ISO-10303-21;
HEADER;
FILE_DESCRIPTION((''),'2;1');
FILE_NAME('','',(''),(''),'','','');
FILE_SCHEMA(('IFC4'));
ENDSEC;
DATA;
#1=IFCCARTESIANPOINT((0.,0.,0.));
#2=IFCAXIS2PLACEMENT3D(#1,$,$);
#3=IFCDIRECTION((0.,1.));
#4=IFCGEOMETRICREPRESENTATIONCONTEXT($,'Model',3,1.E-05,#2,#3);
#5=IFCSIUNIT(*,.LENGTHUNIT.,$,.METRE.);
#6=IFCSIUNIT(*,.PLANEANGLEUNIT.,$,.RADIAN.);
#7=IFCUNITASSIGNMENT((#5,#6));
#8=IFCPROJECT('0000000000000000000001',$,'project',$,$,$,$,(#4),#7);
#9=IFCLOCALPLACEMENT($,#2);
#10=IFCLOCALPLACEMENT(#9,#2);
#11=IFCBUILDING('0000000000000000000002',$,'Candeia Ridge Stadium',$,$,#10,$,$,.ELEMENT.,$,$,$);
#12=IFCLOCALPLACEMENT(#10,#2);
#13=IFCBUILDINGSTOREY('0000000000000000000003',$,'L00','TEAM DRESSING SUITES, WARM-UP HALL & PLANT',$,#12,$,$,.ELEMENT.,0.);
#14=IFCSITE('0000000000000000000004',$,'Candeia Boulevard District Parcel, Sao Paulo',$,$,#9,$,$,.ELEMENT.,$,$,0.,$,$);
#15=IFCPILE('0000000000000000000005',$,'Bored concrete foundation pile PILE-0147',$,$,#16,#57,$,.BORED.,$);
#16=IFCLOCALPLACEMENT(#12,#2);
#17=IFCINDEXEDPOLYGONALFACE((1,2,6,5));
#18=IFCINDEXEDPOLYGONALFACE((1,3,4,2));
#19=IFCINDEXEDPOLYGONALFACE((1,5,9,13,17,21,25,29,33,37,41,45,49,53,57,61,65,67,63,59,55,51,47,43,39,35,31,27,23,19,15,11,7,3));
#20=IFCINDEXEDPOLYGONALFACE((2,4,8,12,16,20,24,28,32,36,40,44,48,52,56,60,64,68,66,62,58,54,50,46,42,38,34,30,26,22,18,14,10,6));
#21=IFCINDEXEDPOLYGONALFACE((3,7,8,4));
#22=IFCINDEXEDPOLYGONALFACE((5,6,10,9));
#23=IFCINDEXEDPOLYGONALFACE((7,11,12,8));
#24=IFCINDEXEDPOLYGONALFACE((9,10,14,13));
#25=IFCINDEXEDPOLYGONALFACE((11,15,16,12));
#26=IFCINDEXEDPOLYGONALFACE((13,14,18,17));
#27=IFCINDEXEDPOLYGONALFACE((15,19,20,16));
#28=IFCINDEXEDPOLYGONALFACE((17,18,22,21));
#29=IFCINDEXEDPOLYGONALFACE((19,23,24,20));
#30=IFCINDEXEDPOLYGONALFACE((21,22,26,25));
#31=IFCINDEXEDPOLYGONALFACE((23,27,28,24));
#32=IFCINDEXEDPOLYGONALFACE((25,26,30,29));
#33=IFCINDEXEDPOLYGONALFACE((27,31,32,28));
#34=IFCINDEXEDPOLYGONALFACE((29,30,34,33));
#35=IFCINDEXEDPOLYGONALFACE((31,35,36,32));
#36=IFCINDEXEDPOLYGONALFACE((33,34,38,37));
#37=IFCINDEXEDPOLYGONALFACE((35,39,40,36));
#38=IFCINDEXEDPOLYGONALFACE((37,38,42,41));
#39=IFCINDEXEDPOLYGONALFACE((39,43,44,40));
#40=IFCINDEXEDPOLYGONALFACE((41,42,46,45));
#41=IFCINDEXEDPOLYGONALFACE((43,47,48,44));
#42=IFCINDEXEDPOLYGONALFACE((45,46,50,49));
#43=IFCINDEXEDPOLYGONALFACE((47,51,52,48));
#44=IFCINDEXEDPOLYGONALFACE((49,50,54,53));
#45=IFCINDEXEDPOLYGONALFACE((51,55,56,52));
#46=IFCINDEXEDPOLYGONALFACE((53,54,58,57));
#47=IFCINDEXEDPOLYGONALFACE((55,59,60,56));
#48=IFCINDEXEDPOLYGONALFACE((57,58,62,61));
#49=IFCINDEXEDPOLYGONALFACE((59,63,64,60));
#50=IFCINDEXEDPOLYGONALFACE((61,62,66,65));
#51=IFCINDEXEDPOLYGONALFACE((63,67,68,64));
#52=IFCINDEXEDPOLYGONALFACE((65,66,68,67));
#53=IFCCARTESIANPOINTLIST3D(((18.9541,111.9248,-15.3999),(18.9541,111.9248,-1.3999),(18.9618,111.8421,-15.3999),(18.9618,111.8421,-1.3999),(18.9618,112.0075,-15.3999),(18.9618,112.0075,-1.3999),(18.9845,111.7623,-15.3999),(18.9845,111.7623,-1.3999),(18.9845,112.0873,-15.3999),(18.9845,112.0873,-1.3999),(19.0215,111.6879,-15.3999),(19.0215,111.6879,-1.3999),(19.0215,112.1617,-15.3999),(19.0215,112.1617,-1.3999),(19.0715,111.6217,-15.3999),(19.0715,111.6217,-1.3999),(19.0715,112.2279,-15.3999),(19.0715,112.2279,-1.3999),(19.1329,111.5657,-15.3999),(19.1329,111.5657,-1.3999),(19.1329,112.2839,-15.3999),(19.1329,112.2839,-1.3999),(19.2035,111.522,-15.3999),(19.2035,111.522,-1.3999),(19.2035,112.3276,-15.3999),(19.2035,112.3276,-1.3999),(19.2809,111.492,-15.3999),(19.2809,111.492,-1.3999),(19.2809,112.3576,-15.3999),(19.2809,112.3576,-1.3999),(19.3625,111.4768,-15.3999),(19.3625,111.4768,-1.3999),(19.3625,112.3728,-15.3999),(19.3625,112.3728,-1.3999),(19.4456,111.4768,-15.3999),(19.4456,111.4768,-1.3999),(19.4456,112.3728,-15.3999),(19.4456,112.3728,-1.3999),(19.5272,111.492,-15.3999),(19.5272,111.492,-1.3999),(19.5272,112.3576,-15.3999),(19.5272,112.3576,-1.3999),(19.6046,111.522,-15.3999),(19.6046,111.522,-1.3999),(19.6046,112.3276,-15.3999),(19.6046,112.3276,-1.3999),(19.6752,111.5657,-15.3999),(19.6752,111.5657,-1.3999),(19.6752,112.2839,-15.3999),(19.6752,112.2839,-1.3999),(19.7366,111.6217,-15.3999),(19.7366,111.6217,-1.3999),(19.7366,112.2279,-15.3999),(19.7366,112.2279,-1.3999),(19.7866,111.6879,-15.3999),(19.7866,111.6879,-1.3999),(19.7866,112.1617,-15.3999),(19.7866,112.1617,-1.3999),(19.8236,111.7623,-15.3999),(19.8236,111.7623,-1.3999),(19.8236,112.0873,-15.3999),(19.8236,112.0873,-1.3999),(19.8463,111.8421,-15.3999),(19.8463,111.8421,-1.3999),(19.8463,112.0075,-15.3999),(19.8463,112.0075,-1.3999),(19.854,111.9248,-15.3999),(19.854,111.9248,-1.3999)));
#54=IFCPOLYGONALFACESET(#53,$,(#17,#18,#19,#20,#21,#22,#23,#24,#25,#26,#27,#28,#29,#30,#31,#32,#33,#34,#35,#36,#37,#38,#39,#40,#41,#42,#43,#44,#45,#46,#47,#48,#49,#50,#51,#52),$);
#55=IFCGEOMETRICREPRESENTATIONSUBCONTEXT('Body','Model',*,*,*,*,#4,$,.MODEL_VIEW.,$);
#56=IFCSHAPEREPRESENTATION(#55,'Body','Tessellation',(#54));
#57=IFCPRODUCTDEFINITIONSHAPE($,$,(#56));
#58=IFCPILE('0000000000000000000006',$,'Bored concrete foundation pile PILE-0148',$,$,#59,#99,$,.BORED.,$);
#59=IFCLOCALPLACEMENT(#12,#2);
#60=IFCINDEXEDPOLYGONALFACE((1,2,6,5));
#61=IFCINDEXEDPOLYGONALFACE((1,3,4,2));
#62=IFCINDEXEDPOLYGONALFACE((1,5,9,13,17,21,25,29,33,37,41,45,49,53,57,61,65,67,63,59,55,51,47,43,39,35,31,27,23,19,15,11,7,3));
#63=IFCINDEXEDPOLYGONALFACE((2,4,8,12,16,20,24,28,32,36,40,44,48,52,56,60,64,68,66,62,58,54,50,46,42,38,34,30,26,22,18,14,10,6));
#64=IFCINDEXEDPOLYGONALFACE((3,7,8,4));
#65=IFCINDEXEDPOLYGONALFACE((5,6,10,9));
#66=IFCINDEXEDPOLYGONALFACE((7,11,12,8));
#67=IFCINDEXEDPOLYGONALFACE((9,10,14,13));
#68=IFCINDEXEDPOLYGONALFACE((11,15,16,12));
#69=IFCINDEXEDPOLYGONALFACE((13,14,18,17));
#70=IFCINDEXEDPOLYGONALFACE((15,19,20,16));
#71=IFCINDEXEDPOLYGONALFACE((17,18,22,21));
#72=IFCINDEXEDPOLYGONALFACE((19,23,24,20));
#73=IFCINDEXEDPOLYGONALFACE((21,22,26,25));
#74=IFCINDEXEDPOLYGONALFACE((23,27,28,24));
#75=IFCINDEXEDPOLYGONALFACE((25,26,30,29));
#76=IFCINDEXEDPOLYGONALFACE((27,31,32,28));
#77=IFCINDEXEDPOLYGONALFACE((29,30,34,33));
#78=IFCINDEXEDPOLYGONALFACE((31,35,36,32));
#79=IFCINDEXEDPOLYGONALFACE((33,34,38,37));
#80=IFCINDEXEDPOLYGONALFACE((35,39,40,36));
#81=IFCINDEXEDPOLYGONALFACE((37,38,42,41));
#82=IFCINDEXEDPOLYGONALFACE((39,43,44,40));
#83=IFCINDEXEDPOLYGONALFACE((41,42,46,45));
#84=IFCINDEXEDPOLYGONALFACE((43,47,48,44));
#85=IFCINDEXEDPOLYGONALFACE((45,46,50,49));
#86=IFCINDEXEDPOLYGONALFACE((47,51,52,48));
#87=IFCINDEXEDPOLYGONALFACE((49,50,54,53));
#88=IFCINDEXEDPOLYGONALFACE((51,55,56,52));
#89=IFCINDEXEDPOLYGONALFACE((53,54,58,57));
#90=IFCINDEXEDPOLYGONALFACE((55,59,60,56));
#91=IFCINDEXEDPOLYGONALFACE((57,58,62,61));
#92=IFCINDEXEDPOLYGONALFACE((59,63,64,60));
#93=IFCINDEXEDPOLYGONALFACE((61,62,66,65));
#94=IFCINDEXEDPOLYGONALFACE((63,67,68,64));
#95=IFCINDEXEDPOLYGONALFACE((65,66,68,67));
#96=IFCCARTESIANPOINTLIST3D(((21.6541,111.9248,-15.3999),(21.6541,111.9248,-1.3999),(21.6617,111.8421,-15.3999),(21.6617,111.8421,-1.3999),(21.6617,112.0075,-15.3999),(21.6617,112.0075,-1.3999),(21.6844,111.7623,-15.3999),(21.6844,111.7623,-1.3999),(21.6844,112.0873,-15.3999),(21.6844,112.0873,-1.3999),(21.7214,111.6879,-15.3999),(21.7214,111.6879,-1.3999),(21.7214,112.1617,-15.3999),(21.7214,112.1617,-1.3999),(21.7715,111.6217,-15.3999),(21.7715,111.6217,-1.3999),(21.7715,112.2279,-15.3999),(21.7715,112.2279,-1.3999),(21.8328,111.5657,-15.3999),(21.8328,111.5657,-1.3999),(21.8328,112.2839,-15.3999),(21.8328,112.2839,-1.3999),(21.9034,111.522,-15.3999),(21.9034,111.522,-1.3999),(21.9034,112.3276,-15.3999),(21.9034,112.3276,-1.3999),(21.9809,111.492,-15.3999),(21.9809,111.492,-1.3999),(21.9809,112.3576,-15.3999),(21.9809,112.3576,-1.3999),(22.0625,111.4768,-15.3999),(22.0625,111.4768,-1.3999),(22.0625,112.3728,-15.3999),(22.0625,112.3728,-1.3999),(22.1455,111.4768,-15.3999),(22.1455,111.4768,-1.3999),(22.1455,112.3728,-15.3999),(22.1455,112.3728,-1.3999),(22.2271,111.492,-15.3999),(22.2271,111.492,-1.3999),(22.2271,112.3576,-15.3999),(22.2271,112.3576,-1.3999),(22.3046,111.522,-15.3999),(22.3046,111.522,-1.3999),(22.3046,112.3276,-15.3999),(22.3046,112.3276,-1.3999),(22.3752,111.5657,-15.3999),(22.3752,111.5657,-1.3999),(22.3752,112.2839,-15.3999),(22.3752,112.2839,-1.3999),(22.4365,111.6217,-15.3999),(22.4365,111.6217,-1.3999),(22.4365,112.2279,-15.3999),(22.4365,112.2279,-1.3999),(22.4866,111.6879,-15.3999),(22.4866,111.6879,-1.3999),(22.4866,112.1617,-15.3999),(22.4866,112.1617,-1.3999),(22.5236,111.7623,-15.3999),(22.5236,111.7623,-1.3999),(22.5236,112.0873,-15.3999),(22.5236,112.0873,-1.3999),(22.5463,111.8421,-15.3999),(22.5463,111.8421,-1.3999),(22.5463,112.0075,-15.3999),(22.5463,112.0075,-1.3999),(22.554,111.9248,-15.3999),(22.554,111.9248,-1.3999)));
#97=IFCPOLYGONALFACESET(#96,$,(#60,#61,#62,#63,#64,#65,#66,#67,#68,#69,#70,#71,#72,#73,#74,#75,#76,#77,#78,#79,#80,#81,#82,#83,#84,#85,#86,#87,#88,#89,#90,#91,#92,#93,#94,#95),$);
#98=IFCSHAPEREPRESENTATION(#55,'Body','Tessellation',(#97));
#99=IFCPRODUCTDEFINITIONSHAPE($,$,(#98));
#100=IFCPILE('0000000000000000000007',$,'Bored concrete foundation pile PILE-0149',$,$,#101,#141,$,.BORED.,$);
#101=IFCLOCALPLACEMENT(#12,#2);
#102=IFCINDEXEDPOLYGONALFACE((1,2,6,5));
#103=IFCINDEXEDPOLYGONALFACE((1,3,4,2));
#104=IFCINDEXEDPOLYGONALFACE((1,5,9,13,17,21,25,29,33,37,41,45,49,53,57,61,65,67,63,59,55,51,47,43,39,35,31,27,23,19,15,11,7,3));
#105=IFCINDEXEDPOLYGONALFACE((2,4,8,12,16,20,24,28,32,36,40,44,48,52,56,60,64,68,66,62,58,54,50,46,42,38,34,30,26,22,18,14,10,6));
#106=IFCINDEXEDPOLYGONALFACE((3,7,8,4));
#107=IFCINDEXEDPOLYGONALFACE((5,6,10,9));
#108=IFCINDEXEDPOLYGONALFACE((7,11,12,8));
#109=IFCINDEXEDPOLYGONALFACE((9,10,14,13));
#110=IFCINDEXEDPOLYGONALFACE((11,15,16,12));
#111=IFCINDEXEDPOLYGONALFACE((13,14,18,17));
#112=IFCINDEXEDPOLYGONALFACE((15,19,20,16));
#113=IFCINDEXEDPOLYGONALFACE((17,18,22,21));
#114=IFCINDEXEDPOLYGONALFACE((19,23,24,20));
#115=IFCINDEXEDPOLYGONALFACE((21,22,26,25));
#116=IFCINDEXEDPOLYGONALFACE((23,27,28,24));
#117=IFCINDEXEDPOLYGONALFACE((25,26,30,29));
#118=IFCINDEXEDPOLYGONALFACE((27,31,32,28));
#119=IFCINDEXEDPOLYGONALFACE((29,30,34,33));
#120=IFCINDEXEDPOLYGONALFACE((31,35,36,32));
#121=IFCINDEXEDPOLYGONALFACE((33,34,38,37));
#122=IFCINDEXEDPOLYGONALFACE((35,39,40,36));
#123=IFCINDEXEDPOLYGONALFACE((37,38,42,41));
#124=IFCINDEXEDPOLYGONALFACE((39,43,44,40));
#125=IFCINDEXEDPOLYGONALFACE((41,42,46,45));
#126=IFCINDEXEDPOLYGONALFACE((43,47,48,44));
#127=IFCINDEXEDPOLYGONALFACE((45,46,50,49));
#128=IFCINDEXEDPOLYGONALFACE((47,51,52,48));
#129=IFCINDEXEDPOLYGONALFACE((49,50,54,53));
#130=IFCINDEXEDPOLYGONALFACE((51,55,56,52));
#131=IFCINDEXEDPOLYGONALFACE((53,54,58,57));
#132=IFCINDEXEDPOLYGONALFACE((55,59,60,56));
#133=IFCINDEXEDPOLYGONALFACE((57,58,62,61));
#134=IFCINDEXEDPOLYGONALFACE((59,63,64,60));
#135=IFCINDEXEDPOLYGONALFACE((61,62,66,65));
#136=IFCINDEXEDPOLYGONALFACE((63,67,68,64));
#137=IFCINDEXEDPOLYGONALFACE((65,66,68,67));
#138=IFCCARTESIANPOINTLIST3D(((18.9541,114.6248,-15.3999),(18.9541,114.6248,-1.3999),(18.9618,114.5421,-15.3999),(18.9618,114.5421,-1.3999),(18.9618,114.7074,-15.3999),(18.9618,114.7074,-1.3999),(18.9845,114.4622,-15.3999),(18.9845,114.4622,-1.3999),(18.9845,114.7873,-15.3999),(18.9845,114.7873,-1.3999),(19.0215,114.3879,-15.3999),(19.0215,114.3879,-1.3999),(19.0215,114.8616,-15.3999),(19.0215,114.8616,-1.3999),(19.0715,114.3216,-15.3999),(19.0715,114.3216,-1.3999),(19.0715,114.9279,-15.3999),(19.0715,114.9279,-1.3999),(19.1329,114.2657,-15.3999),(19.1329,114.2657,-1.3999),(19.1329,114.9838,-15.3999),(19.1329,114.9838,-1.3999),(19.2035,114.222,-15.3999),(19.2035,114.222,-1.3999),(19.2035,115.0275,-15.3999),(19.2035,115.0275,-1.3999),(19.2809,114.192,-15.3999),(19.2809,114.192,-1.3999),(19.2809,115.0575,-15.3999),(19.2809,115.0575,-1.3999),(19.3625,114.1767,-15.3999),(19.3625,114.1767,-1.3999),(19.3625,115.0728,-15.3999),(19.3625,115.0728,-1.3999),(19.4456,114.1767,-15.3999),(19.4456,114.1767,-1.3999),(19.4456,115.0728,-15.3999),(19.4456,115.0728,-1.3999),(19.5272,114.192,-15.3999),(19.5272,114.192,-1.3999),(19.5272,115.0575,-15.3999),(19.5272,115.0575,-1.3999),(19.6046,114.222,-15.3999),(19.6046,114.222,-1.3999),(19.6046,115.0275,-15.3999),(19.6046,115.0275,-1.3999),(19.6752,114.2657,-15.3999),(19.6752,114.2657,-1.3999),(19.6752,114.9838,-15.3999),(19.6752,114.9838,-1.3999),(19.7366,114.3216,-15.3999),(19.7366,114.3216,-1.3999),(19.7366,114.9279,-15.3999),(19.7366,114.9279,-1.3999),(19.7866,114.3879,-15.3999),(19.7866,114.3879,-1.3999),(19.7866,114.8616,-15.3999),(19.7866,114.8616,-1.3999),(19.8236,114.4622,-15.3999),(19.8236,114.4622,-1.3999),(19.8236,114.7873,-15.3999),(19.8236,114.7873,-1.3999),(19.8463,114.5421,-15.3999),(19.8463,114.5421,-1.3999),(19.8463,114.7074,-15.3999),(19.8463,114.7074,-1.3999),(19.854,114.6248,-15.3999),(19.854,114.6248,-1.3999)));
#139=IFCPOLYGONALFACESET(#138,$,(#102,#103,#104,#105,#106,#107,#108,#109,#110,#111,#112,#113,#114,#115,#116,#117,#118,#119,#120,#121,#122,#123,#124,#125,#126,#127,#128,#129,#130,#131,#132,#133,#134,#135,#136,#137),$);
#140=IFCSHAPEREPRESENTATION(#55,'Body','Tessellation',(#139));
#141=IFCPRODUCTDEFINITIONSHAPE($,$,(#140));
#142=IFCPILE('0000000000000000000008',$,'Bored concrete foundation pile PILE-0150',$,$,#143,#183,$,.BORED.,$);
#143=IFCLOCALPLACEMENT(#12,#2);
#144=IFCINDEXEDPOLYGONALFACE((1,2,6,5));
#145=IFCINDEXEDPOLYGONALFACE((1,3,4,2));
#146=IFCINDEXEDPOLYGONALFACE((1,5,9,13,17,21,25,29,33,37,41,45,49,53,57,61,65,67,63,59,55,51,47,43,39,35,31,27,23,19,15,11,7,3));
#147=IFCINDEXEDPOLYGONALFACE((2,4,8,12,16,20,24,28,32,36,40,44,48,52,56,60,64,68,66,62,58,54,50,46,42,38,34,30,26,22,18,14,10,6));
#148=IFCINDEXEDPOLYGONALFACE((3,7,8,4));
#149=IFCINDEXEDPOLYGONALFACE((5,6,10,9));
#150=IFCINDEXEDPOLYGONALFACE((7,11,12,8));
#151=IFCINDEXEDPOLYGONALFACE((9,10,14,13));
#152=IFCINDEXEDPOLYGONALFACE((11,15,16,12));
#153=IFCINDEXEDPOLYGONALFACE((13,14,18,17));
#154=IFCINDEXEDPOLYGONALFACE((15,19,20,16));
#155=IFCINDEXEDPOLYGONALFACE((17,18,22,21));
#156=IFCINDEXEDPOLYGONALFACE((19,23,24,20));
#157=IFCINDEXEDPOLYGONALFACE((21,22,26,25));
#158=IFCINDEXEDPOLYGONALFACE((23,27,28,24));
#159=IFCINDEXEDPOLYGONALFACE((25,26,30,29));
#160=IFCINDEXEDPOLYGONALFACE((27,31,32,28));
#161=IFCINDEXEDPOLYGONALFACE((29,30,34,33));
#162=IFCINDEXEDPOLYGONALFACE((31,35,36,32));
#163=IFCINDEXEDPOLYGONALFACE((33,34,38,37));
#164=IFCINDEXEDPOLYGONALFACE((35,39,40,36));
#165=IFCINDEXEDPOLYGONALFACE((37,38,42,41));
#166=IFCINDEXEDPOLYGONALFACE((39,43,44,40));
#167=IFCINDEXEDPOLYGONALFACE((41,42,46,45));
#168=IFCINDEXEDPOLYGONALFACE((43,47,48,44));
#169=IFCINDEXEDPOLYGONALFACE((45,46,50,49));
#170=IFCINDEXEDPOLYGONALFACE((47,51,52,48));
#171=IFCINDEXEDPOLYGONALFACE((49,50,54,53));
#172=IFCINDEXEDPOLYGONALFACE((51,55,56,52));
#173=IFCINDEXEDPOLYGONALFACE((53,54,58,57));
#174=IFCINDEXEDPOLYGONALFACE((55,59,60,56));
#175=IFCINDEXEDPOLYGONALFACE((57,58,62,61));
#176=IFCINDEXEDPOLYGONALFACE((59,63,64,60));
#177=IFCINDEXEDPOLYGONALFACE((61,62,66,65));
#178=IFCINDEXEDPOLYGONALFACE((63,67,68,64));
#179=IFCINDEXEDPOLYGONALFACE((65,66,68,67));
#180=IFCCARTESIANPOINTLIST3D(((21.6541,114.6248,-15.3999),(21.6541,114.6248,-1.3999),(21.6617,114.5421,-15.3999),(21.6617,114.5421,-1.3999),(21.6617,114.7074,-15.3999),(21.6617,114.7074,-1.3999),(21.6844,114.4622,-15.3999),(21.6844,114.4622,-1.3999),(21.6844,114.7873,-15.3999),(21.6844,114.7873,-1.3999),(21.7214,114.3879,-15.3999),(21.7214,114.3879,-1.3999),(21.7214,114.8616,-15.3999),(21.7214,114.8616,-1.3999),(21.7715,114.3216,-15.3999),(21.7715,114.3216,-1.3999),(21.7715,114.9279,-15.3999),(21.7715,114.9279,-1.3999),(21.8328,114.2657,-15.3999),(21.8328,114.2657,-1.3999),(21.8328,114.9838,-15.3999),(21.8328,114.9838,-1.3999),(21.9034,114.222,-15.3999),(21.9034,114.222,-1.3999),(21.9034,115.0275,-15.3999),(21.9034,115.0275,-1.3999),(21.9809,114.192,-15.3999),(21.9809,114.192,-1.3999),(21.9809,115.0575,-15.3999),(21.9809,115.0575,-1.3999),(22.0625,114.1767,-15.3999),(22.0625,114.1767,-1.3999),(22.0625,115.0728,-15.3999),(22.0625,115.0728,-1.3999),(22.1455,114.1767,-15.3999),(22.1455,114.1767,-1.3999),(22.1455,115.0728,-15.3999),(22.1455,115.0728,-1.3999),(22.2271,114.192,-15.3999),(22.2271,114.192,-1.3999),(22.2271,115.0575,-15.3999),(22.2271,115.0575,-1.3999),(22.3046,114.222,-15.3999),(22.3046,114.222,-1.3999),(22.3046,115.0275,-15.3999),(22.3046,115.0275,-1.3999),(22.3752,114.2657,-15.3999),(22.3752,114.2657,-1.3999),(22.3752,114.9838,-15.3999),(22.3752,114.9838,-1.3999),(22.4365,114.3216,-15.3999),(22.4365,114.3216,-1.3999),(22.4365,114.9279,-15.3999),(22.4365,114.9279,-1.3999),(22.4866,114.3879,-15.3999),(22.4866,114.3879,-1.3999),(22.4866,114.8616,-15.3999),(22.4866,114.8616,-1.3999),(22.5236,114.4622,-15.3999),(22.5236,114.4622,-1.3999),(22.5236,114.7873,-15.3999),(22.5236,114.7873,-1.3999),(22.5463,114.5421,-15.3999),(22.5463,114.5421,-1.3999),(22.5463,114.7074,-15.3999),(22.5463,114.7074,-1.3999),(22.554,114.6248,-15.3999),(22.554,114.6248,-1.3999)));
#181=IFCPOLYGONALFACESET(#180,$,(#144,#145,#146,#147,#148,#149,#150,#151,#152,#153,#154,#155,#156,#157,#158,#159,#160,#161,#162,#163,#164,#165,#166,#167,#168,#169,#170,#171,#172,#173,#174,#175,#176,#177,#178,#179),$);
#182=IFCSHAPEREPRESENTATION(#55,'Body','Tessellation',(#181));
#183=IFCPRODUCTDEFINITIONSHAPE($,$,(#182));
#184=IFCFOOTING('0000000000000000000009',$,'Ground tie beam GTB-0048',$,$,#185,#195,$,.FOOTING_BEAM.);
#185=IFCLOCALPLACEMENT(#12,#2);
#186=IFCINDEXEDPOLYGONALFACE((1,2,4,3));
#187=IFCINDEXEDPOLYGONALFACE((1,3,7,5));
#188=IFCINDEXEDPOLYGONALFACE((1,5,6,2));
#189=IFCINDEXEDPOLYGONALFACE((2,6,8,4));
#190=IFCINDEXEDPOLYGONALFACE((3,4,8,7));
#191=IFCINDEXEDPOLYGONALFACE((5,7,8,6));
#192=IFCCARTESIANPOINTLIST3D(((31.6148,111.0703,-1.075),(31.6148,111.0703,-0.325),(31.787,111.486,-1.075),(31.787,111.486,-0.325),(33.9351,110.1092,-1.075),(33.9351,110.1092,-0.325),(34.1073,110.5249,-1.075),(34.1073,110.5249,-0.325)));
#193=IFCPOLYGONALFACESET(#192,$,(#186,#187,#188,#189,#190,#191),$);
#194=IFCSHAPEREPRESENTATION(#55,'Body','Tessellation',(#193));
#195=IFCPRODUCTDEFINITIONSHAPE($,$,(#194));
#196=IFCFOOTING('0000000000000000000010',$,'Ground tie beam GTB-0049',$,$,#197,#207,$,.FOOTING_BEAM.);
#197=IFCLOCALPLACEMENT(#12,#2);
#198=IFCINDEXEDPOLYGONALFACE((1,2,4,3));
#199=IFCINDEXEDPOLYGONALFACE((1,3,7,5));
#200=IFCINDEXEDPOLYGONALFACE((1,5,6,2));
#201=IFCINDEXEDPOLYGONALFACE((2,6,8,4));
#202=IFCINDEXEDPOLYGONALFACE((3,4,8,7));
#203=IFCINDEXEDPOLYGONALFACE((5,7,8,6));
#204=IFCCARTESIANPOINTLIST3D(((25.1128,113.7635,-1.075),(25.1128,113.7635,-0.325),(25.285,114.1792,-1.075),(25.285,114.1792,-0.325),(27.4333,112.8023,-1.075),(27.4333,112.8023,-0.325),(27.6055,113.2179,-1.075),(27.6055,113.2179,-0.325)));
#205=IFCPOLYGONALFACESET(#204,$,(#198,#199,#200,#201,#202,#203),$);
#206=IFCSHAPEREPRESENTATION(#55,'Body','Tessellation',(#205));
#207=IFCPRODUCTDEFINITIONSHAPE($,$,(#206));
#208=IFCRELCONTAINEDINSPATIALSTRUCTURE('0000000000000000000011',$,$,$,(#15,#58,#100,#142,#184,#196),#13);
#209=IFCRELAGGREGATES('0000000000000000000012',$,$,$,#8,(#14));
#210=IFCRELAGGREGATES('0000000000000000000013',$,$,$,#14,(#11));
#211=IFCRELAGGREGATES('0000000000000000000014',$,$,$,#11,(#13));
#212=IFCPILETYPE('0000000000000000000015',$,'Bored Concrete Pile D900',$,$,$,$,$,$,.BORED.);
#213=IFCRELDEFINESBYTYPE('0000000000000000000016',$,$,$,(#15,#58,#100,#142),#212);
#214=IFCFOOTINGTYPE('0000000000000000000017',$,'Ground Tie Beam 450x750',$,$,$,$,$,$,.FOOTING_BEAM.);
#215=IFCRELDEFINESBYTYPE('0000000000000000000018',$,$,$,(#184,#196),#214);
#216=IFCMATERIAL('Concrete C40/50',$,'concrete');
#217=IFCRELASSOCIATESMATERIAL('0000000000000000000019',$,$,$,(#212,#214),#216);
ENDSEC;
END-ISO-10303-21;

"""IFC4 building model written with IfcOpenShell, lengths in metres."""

from ifc_helpers import new_model, si_unit, direction, frame, origin, origin_2d, place, context, subcontext, project, spatial, rectangle, circle, extrude, material, material_profile, profile_set, type_object, element, save


model = new_model("IFC4")

# Units and contexts
model_context = context("Model", 3, precision=1e-05, world=origin(), true_north=direction((0.0, 1.0)))
body_context = subcontext(model_context, "Body", "Model", "MODEL_VIEW")
ifc_project = project(units=[si_unit("LENGTHUNIT", "METRE"), si_unit("PLANEANGLEUNIT", "RADIAN")], contexts=[model_context])

# Site, building, storey
site_placement = place(None, origin())
site = spatial("IfcSite", under=ifc_project, at=site_placement, Name="Candeia Boulevard District Parcel, Sao Paulo", CompositionType="ELEMENT", RefElevation=0.0)
building_placement = place(site_placement, origin())
building = spatial("IfcBuilding", under=site, at=building_placement, Name="Candeia Ridge Stadium", CompositionType="ELEMENT")
storey_placement = place(building_placement, origin())
storey = spatial("IfcBuildingStorey", under=building, at=storey_placement, Name="L00", Description="TEAM DRESSING SUITES, WARM-UP HALL & PLANT", CompositionType="ELEMENT", Elevation=0.0)

# Piles
ifc_material_1 = material(Name="Concrete C40/50", Category="concrete")
ifc_material_profile_1 = material_profile(ifc_material_1, circle(Radius=0.45, at=origin_2d()), Name="PILE-D900", Category="concrete")
ifc_profile_set_1 = profile_set([ifc_material_profile_1], Name="Concrete C40/50")
pile_type_1 = type_object("IfcPileType", Name="Bored Concrete Pile D900", PredefinedType="BORED", material=ifc_profile_set_1)
for number, where, z_axis, x_axis, name in (
    (1, (19.4041, 111.9248, -1.3999), (0.0, 0.0, -1.0), (1.0, 0.0, 0.0), "Bored concrete foundation pile PILE-0147"),
    (2, (22.104, 111.9248, -1.3999), (0.0, 0.0, -1.0), (1.0, 0.0, 0.0), "Bored concrete foundation pile PILE-0148"),
    (3, (19.4041, 114.6248, -1.3999), (0.0, 0.0, -1.0), (1.0, 0.0, 0.0), "Bored concrete foundation pile PILE-0149"),
    (4, (22.104, 114.6248, -1.3999), (0.0, 0.0, -1.0), (1.0, 0.0, 0.0), "Bored concrete foundation pile PILE-0150"),
):
    element("IfcPile", number, at=place(storey_placement, frame(where, z_axis=z_axis, x_axis=x_axis)), inside=storey, type_object=pile_type_1, Name=name, PredefinedType="BORED", context=body_context, shape_type="SweptSolid", body=[
        extrude(circle(Radius=0.45, at=origin_2d()), origin(), (0.0, 0.0, 1.0), 14.0),
    ])

# Footings
footing_type_1 = type_object("IfcFootingType", Name="Ground Tie Beam 450x750", PredefinedType="FOOTING_BEAM", material=ifc_material_1)
footing_1_placement = place(storey_placement, frame((32.8611, 110.7976, -1.075), z_axis=(0.0, 0.0, 1.0), x_axis=(-0.923885, 0.382669, 0.0)))
element("IfcFooting", 5, at=footing_1_placement, inside=storey, type_object=footing_type_1, Name="Ground tie beam GTB-0048", PredefinedType="FOOTING_BEAM", context=body_context, shape_type="SweptSolid", body=[
    extrude(rectangle(XDim=2.5115, YDim=0.45, at=origin_2d()), origin(), (0.0, 0.0, 1.0), 0.75),
])
footing_2_placement = place(storey_placement, frame((26.3591, 113.4907, -1.075), z_axis=(0.0, 0.0, 1.0), x_axis=(-0.923871, 0.382703, 0.0)))
element("IfcFooting", 6, at=footing_2_placement, inside=storey, type_object=footing_type_1, Name="Ground tie beam GTB-0049", PredefinedType="FOOTING_BEAM", context=body_context, shape_type="SweptSolid", body=[
    extrude(rectangle(XDim=2.5117, YDim=0.45, at=origin_2d()), origin(), (0.0, 0.0, 1.0), 0.75),
])

save(model, "model.ifc")
